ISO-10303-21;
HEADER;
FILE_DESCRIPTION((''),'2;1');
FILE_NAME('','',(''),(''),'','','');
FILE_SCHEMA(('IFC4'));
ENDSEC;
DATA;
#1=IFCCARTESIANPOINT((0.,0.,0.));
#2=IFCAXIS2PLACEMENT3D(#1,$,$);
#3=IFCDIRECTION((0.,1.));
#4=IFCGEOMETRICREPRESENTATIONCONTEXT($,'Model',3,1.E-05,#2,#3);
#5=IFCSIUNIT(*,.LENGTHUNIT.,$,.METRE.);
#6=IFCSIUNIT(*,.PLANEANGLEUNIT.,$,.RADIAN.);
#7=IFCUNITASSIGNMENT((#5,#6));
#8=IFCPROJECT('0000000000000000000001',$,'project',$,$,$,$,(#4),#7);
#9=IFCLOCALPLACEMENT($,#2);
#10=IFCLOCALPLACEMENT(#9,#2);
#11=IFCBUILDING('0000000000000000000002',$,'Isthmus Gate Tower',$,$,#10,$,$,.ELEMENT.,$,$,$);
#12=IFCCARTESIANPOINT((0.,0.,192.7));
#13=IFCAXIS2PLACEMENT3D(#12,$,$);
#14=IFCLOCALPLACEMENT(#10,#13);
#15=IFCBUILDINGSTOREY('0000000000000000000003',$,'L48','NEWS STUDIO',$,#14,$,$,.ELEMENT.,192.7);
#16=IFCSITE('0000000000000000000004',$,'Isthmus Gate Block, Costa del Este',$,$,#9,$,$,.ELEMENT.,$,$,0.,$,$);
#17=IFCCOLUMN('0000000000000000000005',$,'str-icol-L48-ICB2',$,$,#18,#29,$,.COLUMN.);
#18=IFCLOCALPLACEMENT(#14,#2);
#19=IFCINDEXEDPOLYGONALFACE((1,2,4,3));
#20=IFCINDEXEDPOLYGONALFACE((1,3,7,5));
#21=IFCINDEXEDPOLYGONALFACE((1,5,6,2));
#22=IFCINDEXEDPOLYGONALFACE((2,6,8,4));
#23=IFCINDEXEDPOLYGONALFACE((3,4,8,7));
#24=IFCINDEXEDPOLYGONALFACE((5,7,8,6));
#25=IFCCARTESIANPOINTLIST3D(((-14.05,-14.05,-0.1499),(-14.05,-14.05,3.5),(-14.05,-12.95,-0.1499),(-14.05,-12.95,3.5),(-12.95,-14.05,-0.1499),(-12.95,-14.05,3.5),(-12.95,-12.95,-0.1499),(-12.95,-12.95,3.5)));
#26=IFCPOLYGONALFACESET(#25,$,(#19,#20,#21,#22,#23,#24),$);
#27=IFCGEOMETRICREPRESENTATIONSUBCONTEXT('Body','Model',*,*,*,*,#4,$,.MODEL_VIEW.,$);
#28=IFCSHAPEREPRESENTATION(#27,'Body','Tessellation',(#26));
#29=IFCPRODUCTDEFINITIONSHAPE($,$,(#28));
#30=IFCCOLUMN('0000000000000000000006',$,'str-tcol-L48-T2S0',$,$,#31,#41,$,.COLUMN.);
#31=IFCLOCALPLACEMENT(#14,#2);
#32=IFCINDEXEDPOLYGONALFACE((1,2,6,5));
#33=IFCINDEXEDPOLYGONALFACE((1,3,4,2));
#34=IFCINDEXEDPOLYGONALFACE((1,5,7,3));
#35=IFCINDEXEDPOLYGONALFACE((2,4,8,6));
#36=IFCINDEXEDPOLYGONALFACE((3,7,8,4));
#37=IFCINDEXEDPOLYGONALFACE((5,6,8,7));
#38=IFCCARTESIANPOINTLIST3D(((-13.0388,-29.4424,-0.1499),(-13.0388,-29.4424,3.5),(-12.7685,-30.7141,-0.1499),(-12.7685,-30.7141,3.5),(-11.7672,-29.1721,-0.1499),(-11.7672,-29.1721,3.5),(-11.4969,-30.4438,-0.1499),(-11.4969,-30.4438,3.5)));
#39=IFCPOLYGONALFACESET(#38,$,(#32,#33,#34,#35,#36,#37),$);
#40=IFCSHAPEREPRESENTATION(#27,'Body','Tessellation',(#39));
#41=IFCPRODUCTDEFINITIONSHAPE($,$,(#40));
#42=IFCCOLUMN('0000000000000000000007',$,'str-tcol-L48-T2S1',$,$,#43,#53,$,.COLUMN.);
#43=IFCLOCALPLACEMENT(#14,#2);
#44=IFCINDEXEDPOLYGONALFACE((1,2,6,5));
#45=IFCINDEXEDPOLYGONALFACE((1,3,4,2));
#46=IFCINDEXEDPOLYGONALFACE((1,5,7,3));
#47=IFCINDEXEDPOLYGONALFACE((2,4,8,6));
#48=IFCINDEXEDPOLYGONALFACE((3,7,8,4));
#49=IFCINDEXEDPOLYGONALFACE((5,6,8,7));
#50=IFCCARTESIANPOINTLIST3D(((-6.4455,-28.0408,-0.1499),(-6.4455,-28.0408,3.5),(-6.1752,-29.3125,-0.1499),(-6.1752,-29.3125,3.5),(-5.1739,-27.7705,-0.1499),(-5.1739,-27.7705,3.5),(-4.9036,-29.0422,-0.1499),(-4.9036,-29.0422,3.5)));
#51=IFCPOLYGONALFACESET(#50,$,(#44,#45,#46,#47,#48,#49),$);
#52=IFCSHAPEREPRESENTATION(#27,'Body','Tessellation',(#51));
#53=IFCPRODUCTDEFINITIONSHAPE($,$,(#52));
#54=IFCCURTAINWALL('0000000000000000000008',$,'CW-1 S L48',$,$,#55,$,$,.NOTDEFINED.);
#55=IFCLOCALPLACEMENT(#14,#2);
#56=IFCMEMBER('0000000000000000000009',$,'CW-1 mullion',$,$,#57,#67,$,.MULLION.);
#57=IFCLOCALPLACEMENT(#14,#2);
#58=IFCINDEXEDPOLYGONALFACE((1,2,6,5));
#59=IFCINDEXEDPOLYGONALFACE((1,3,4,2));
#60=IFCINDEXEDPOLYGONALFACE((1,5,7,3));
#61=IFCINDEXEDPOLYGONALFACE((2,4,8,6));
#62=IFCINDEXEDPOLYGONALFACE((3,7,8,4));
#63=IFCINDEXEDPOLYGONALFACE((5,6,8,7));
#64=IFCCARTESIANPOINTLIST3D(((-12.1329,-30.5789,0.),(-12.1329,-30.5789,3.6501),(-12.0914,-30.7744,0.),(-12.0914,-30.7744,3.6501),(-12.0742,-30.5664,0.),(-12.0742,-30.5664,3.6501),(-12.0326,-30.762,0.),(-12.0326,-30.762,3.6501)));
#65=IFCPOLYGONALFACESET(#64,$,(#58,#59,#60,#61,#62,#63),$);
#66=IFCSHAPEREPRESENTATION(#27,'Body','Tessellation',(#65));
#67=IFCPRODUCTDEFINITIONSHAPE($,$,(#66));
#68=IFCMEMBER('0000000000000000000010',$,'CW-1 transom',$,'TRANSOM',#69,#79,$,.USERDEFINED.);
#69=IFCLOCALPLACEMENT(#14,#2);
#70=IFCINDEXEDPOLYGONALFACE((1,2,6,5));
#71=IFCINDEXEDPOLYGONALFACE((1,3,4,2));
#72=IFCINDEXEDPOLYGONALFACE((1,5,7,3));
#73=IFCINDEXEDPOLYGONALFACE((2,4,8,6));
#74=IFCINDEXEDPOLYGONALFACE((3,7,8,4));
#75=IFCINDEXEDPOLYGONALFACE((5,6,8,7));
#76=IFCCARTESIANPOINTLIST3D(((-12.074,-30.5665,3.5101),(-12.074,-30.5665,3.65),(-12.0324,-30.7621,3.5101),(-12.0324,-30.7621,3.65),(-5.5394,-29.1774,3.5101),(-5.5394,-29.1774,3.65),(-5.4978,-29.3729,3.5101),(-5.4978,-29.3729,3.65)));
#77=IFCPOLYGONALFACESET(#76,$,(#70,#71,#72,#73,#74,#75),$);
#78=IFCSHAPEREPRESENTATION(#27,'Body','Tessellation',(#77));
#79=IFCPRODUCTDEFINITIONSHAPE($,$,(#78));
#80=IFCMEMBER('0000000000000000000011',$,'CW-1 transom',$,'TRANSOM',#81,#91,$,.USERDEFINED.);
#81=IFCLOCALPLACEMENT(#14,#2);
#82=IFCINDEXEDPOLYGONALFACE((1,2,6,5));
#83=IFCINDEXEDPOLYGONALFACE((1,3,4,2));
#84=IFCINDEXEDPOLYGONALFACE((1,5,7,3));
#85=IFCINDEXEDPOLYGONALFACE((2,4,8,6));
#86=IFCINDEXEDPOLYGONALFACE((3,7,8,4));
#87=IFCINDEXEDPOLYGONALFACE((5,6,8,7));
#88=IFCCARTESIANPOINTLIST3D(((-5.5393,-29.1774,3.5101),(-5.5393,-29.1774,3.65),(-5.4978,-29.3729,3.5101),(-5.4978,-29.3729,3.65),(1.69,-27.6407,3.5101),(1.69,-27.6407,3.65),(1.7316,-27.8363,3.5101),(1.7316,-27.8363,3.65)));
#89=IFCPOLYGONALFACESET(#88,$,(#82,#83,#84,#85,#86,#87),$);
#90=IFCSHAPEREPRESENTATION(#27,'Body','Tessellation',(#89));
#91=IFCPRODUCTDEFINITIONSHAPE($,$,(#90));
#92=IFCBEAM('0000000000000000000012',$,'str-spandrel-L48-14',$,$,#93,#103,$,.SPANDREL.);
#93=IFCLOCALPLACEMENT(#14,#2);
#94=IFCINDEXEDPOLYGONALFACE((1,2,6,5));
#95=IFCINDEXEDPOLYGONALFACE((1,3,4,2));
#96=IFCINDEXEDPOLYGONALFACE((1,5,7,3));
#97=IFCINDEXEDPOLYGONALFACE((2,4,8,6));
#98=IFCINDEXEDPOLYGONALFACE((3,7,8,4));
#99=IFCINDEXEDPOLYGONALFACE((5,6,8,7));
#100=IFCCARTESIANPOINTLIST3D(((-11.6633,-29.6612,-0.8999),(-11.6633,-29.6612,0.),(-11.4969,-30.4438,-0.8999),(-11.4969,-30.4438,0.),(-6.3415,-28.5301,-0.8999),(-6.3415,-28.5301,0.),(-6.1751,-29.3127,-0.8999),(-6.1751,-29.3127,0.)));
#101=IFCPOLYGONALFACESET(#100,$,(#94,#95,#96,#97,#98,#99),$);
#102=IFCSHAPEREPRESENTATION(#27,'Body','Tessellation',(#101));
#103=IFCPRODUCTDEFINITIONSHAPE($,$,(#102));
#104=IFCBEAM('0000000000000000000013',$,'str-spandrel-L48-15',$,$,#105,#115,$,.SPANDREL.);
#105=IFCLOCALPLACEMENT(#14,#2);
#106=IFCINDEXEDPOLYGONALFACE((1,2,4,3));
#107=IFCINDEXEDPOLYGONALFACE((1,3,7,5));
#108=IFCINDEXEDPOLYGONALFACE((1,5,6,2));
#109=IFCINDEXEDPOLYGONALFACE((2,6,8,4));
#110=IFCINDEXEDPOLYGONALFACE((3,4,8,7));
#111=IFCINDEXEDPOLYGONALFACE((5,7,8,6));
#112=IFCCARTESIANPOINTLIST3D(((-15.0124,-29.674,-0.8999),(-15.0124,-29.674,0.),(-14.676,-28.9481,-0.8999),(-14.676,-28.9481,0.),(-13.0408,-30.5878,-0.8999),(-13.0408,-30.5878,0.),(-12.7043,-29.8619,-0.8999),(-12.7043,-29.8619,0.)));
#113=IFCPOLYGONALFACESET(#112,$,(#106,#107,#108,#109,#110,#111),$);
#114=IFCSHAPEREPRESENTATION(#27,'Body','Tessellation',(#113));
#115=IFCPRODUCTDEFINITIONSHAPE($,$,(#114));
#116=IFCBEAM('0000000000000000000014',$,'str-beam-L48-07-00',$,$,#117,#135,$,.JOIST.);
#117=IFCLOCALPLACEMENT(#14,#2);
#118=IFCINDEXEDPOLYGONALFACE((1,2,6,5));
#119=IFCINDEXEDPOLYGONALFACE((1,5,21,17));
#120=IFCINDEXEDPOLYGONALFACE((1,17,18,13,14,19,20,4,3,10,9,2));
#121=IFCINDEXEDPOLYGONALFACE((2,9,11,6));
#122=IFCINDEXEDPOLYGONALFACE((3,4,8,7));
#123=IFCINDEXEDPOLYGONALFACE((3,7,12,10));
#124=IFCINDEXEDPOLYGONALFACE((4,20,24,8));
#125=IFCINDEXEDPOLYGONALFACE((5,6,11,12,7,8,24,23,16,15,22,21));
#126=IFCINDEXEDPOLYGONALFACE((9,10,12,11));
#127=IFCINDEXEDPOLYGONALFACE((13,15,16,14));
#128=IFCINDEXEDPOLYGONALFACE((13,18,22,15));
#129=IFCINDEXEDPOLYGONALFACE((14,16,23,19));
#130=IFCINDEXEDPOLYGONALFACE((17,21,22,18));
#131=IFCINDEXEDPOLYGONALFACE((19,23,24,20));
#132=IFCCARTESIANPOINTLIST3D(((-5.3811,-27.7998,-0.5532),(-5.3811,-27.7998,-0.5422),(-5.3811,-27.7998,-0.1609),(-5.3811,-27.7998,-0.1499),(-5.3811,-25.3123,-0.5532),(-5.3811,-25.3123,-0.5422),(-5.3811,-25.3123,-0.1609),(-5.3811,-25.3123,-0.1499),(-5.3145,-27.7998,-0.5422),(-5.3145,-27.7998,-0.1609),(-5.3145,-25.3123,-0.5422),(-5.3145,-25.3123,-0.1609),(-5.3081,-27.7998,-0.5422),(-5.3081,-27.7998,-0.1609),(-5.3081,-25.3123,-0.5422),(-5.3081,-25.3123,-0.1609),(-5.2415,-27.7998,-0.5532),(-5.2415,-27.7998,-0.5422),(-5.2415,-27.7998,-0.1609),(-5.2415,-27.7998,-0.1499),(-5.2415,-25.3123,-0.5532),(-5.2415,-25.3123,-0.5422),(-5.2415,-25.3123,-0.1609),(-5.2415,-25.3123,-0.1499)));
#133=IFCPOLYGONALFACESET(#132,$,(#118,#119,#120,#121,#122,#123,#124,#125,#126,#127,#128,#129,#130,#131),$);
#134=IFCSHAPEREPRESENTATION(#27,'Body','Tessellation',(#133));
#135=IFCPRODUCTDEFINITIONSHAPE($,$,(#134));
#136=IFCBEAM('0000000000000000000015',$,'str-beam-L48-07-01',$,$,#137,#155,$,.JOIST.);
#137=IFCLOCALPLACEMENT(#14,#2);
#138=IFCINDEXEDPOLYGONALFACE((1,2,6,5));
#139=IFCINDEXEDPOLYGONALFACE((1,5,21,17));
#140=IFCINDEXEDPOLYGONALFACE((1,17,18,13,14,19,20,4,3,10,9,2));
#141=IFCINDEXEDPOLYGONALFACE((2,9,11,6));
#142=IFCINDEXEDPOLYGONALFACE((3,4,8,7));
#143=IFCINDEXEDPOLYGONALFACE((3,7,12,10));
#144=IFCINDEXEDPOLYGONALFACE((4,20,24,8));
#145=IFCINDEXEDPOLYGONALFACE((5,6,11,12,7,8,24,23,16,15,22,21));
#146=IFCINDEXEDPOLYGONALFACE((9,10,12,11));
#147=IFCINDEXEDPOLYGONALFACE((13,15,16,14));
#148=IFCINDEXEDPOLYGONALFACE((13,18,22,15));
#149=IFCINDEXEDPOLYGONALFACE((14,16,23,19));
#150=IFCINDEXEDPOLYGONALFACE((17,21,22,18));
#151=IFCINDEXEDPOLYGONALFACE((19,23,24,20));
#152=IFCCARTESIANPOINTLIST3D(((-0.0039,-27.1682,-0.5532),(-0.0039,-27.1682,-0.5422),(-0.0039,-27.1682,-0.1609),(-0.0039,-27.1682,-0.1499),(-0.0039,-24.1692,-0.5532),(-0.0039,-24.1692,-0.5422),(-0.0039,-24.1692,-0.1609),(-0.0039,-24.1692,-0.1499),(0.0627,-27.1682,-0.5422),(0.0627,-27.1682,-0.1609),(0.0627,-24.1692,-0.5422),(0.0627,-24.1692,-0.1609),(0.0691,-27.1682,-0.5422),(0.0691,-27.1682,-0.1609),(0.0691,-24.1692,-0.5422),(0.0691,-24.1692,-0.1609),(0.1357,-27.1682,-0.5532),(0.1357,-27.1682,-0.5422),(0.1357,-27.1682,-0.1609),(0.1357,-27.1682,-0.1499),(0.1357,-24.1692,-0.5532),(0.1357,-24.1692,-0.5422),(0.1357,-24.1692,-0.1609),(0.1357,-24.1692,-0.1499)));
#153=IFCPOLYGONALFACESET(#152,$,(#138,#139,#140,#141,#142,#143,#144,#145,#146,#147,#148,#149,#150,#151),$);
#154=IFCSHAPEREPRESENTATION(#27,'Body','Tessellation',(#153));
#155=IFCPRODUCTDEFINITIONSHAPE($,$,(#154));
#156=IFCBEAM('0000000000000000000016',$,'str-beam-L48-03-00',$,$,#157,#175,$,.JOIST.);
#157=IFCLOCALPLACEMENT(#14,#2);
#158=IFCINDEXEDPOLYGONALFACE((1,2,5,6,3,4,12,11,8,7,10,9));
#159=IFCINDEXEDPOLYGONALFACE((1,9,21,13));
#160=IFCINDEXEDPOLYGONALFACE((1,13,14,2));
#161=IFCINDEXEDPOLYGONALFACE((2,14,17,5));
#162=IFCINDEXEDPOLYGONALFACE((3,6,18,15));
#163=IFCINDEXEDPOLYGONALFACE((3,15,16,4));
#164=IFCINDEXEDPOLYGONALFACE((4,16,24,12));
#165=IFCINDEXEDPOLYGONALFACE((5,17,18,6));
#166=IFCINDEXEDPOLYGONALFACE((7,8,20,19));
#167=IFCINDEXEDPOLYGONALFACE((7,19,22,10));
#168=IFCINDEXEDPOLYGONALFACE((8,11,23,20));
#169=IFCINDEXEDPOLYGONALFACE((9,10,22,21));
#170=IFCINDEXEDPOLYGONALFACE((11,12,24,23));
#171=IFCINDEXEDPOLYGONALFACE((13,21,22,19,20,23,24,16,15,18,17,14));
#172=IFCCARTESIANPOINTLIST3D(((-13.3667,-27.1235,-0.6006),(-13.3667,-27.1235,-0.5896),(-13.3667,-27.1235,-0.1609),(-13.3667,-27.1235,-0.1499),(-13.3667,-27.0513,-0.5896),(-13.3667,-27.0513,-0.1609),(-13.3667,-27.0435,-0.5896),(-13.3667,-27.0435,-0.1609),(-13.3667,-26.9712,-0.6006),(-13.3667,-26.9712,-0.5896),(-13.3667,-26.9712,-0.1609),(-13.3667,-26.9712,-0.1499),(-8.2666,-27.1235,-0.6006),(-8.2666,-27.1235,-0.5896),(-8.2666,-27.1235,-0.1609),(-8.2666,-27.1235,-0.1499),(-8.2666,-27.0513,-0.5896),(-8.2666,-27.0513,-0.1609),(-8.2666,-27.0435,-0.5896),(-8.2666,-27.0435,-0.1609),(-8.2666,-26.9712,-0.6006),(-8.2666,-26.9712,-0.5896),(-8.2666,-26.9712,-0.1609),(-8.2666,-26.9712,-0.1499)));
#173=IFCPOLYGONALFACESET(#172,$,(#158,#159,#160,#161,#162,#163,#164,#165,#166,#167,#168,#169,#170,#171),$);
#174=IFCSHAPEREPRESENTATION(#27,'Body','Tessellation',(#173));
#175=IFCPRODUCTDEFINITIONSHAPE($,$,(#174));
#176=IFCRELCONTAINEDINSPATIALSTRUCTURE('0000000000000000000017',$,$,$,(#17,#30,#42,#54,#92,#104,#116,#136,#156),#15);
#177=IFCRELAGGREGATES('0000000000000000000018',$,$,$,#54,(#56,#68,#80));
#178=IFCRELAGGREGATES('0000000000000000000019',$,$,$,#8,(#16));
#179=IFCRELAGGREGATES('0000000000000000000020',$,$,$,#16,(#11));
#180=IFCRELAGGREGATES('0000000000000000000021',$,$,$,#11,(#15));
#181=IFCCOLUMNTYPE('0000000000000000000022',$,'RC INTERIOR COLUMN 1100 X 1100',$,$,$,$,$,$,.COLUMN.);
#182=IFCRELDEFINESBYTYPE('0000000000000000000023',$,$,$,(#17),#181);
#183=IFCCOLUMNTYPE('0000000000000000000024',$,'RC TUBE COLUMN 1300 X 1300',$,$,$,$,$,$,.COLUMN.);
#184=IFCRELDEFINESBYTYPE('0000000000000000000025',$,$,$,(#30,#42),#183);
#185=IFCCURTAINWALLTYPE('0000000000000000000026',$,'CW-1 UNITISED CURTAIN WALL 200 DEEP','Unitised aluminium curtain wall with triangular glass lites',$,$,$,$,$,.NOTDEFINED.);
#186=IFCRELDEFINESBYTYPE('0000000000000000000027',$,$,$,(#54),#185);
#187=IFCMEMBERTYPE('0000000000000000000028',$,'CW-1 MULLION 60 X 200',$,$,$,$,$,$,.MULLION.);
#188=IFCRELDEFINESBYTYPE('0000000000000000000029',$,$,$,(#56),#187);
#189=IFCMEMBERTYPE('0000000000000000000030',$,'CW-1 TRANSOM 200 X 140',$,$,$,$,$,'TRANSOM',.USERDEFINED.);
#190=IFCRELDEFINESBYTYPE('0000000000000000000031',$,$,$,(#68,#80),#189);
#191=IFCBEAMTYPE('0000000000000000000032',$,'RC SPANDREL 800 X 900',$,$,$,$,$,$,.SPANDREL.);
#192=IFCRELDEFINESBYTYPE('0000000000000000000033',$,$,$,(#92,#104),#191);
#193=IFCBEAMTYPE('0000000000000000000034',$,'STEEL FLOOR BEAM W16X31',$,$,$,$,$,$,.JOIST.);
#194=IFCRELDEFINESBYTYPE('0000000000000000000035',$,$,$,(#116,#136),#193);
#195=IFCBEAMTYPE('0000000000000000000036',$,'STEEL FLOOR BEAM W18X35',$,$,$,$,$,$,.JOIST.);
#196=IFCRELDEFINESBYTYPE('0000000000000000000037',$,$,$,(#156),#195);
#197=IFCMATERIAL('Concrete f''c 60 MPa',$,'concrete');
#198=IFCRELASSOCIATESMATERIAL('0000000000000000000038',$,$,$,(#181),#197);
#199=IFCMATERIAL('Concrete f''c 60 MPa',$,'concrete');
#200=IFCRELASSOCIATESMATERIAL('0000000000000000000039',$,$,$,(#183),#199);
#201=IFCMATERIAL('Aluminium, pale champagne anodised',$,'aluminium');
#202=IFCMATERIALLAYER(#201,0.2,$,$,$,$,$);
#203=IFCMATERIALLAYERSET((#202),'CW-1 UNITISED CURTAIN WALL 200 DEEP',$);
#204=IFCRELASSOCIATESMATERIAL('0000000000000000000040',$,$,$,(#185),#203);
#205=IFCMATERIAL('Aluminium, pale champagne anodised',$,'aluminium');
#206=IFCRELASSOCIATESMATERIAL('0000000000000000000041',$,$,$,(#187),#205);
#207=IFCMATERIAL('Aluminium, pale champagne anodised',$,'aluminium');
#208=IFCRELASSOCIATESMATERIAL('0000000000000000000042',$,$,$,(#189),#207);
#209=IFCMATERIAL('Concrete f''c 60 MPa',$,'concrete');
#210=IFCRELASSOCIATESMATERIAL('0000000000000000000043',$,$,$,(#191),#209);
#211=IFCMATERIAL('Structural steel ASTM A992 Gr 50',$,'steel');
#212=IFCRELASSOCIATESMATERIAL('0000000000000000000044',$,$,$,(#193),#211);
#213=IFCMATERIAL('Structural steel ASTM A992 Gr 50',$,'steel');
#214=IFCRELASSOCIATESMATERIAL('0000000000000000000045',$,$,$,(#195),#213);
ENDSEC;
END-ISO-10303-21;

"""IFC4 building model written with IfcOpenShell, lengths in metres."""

from ifc_helpers import new_model, si_unit, direction, frame, origin, origin_2d, place, context, subcontext, project, spatial, rectangle, i_section, extrude, material, layer, layer_set, material_profile, profile_set, type_object, element, aggregate, save


model = new_model("IFC4")

# Units and contexts
model_context = context("Model", 3, precision=1e-05, world=origin(), true_north=direction((0.0, 1.0)))
body_context = subcontext(model_context, "Body", "Model", "MODEL_VIEW")
ifc_project = project(units=[si_unit("LENGTHUNIT", "METRE"), si_unit("PLANEANGLEUNIT", "RADIAN")], contexts=[model_context])

# Site, building, storey
site_placement = place(None, origin())
site = spatial("IfcSite", under=ifc_project, at=site_placement, Name="Isthmus Gate Block, Costa del Este", CompositionType="ELEMENT", RefElevation=0.0)
building_placement = place(site_placement, origin())
building = spatial("IfcBuilding", under=site, at=building_placement, Name="Isthmus Gate Tower", CompositionType="ELEMENT")
storey_placement = place(building_placement, frame((0.0, 0.0, 192.7)))
storey = spatial("IfcBuildingStorey", under=building, at=storey_placement, Name="L48", Description="NEWS STUDIO", CompositionType="ELEMENT", Elevation=192.7)

# Columns
ifc_material_1 = material(Name="Concrete f'c 60 MPa", Category="concrete")
ifc_material_profile_1 = material_profile(ifc_material_1, rectangle(XDim=1.1001, YDim=1.1001, at=origin_2d()), Name="RC 1100X1100")
ifc_profile_set_1 = profile_set([ifc_material_profile_1], Name="Concrete f'c 60 MPa")
column_type_1 = type_object("IfcColumnType", Name="RC INTERIOR COLUMN 1100 X 1100", PredefinedType="COLUMN", material=ifc_profile_set_1)
column_placement = place(storey_placement, frame((-13.5, -13.5, -0.1499), z_axis=(0.0, 0.0, 1.0), x_axis=(1.0, 0.0, 0.0)))
element("IfcColumn", 1, at=column_placement, inside=storey, type_object=column_type_1, Name="str-icol-L48-ICB2", PredefinedType="COLUMN", context=body_context, shape_type="SweptSolid", body=[
    extrude(rectangle(XDim=1.1001, YDim=1.1001, at=origin_2d()), origin(), (0.0, 0.0, 1.0), 3.6499),
])
ifc_material_2 = material(Name="Concrete f'c 60 MPa", Category="concrete")
ifc_material_profile_2 = material_profile(ifc_material_2, rectangle(XDim=1.3, YDim=1.3, at=origin_2d()), Name="RC 1300X1300")
ifc_profile_set_2 = profile_set([ifc_material_profile_2], Name="Concrete f'c 60 MPa")
column_type_2 = type_object("IfcColumnType", Name="RC TUBE COLUMN 1300 X 1300", PredefinedType="COLUMN", material=ifc_profile_set_2)
for number, where, z_axis, x_axis, name in (
    (2, (-12.2678, -29.9431, -0.1499), (0.0, 0.0, 1.0), (0.978148, 0.207912, 0.0), "str-tcol-L48-T2S0"),
    (3, (-5.6746, -28.5415, -0.1499), (0.0, 0.0, 1.0), (0.978148, 0.207912, 0.0), "str-tcol-L48-T2S1"),
):
    element("IfcColumn", number, at=place(storey_placement, frame(where, z_axis=z_axis, x_axis=x_axis)), inside=storey, type_object=column_type_2, Name=name, PredefinedType="COLUMN", context=body_context, shape_type="SweptSolid", body=[
        extrude(rectangle(XDim=1.3, YDim=1.3, at=origin_2d()), origin(), (0.0, 0.0, 1.0), 3.6499),
    ])

# Curtain wall, members
ifc_material_3 = material(Name="Aluminium, pale champagne anodised", Category="aluminium")
ifc_layer_1 = layer(ifc_material_3, 0.2)
ifc_layer_set_1 = layer_set([ifc_layer_1], Name="CW-1 UNITISED CURTAIN WALL 200 DEEP")
curtain_wall_type = type_object("IfcCurtainWallType", Name="CW-1 UNITISED CURTAIN WALL 200 DEEP", Description="Unitised aluminium curtain wall with triangular glass lites", PredefinedType="NOTDEFINED", material=ifc_layer_set_1)
curtain_wall_1_placement = place(storey_placement, origin())
curtain_wall_1 = element("IfcCurtainWall", 4, at=curtain_wall_1_placement, inside=storey, type_object=curtain_wall_type, Name="CW-1 S L48", PredefinedType="NOTDEFINED")
ifc_material_4 = material(Name="Aluminium, pale champagne anodised", Category="aluminium")
ifc_material_profile_3 = material_profile(ifc_material_4, rectangle(XDim=0.0601, YDim=0.2, at=origin_2d()), Name="60x200")
ifc_profile_set_3 = profile_set([ifc_material_profile_3], Name="Aluminium, pale champagne anodised")
member_type_1 = type_object("IfcMemberType", Name="CW-1 MULLION 60 X 200", PredefinedType="MULLION", material=ifc_profile_set_3)
member_1_placement = place(storey_placement, frame((-12.0828, -30.6704, 0.0), z_axis=(0.0, 0.0, 1.0), x_axis=(0.978148, 0.207912, 0.0)))
member_1 = element("IfcMember", 5, at=member_1_placement, type_object=member_type_1, Name="CW-1 mullion", PredefinedType="MULLION", context=body_context, shape_type="SweptSolid", body=[
    extrude(rectangle(XDim=0.0601, YDim=0.2, at=origin_2d()), origin(), (0.0, 0.0, 1.0), 3.6501),
])
ifc_material_5 = material(Name="Aluminium, pale champagne anodised", Category="aluminium")
ifc_material_profile_4 = material_profile(ifc_material_5, rectangle(XDim=0.2, YDim=0.1399, at=origin_2d()), Name="200x140")
ifc_profile_set_4 = profile_set([ifc_material_profile_4], Name="Aluminium, pale champagne anodised")
member_type_2 = type_object("IfcMemberType", Name="CW-1 TRANSOM 200 X 140", ElementType="TRANSOM", PredefinedType="USERDEFINED", material=ifc_profile_set_4)
member_2_placement = place(storey_placement, frame((-12.0532, -30.6643, 3.5801), z_axis=(0.978142, 0.207937, 0.0), x_axis=(-0.207937, 0.978142, 0.0)))
member_2 = element("IfcMember", 6, at=member_2_placement, type_object=member_type_2, Name="CW-1 transom", ObjectType="TRANSOM", PredefinedType="USERDEFINED", context=body_context, shape_type="SweptSolid", body=[
    extrude(rectangle(XDim=0.2, YDim=0.1399, at=origin_2d()), origin(), (0.0, 0.0, 1.0), 6.6807),
])
member_3_placement = place(storey_placement, frame((-5.5186, -29.2751, 3.5801), z_axis=(0.978148, 0.207911, 0.0), x_axis=(-0.207911, 0.978148, 0.0)))
member_3 = element("IfcMember", 7, at=member_3_placement, type_object=member_type_2, Name="CW-1 transom", ObjectType="TRANSOM", PredefinedType="USERDEFINED", context=body_context, shape_type="SweptSolid", body=[
    extrude(rectangle(XDim=0.2, YDim=0.1399, at=origin_2d()), origin(), (0.0, 0.0, 1.0), 7.3909),
])

# Beams
ifc_material_6 = material(Name="Concrete f'c 60 MPa", Category="concrete")
ifc_material_profile_5 = material_profile(ifc_material_6, rectangle(XDim=0.8, YDim=0.8999, at=origin_2d()), Name="RC 800X900")
ifc_profile_set_5 = profile_set([ifc_material_profile_5], Name="Concrete f'c 60 MPa")
beam_type_1 = type_object("IfcBeamType", Name="RC SPANDREL 800 X 900", PredefinedType="SPANDREL", material=ifc_profile_set_5)
beam_1_placement = place(storey_placement, frame((-6.2583, -28.9214, -0.45), z_axis=(-0.97815, -0.207898, 0.0), x_axis=(0.207898, -0.97815, 0.0)))
element("IfcBeam", 8, at=beam_1_placement, inside=storey, type_object=beam_type_1, Name="str-spandrel-L48-14", PredefinedType="SPANDREL", context=body_context, shape_type="SweptSolid", body=[
    extrude(rectangle(XDim=0.8, YDim=0.8999, at=origin_2d()), origin(), (0.0, 0.0, 1.0), 5.4407),
])
beam_2_placement = place(storey_placement, frame((-12.8726, -30.2249, -0.45), z_axis=(-0.907291, 0.420504, 0.0), x_axis=(-0.420504, -0.907291, 0.0)))
element("IfcBeam", 9, at=beam_2_placement, inside=storey, type_object=beam_type_1, Name="str-spandrel-L48-15", PredefinedType="SPANDREL", context=body_context, shape_type="SweptSolid", body=[
    extrude(rectangle(XDim=0.8, YDim=0.8999, at=origin_2d()), origin(), (0.0, 0.0, 1.0), 2.1731),
])
ifc_material_7 = material(Name="Structural steel ASTM A992 Gr 50", Category="steel")
ifc_material_profile_6 = material_profile(ifc_material_7, i_section(OverallWidth=0.1396, OverallDepth=0.4033, WebThickness=0.0063, FlangeThickness=0.011, at=origin_2d()), Name="W16X31")
ifc_profile_set_6 = profile_set([ifc_material_profile_6], Name="Structural steel ASTM A992 Gr 50")
beam_type_2 = type_object("IfcBeamType", Name="STEEL FLOOR BEAM W16X31", PredefinedType="JOIST", material=ifc_profile_set_6)
beam_3_placement = place(storey_placement, frame((-5.3113, -27.7998, -0.3516), z_axis=(0.0, 1.0, 0.0), x_axis=(-1.0, 0.0, 0.0)))
element("IfcBeam", 10, at=beam_3_placement, inside=storey, type_object=beam_type_2, Name="str-beam-L48-07-00", PredefinedType="JOIST", context=body_context, shape_type="SweptSolid", body=[
    extrude(i_section(OverallWidth=0.1396, OverallDepth=0.4033, WebThickness=0.0063, FlangeThickness=0.011, at=origin_2d()), origin(), (0.0, 0.0, 1.0), 2.4875),
])
beam_4_placement = place(storey_placement, frame((0.0659, -27.1682, -0.3516), z_axis=(0.0, 1.0, 0.0), x_axis=(-1.0, 0.0, 0.0)))
element("IfcBeam", 11, at=beam_4_placement, inside=storey, type_object=beam_type_2, Name="str-beam-L48-07-01", PredefinedType="JOIST", context=body_context, shape_type="SweptSolid", body=[
    extrude(i_section(OverallWidth=0.1396, OverallDepth=0.4033, WebThickness=0.0063, FlangeThickness=0.011, at=origin_2d()), origin(), (0.0, 0.0, 1.0), 2.999),
])
ifc_material_8 = material(Name="Structural steel ASTM A992 Gr 50", Category="steel")
ifc_material_profile_7 = material_profile(ifc_material_8, i_section(OverallWidth=0.1523, OverallDepth=0.4507, WebThickness=0.0078, FlangeThickness=0.011, at=origin_2d()), Name="W18X35")
ifc_profile_set_7 = profile_set([ifc_material_profile_7], Name="Structural steel ASTM A992 Gr 50")
beam_type_3 = type_object("IfcBeamType", Name="STEEL FLOOR BEAM W18X35", PredefinedType="JOIST", material=ifc_profile_set_7)
for number, where, z_axis, x_axis, name in (
    (12, (-13.3667, -27.0474, -0.3752), (1.0, 0.0, 0.0), (0.0, 1.0, 0.0), "str-beam-L48-03-00"),
):
    element("IfcBeam", number, at=place(storey_placement, frame(where, z_axis=z_axis, x_axis=x_axis)), inside=storey, type_object=beam_type_3, Name=name, PredefinedType="JOIST", context=body_context, shape_type="SweptSolid", body=[
        extrude(i_section(OverallWidth=0.1523, OverallDepth=0.4507, WebThickness=0.0078, FlangeThickness=0.011, at=origin_2d()), origin(), (0.0, 0.0, 1.0), 5.1001),
    ])

aggregate(curtain_wall_1, [member_1, member_2, member_3])

save(model, "model.ifc")
